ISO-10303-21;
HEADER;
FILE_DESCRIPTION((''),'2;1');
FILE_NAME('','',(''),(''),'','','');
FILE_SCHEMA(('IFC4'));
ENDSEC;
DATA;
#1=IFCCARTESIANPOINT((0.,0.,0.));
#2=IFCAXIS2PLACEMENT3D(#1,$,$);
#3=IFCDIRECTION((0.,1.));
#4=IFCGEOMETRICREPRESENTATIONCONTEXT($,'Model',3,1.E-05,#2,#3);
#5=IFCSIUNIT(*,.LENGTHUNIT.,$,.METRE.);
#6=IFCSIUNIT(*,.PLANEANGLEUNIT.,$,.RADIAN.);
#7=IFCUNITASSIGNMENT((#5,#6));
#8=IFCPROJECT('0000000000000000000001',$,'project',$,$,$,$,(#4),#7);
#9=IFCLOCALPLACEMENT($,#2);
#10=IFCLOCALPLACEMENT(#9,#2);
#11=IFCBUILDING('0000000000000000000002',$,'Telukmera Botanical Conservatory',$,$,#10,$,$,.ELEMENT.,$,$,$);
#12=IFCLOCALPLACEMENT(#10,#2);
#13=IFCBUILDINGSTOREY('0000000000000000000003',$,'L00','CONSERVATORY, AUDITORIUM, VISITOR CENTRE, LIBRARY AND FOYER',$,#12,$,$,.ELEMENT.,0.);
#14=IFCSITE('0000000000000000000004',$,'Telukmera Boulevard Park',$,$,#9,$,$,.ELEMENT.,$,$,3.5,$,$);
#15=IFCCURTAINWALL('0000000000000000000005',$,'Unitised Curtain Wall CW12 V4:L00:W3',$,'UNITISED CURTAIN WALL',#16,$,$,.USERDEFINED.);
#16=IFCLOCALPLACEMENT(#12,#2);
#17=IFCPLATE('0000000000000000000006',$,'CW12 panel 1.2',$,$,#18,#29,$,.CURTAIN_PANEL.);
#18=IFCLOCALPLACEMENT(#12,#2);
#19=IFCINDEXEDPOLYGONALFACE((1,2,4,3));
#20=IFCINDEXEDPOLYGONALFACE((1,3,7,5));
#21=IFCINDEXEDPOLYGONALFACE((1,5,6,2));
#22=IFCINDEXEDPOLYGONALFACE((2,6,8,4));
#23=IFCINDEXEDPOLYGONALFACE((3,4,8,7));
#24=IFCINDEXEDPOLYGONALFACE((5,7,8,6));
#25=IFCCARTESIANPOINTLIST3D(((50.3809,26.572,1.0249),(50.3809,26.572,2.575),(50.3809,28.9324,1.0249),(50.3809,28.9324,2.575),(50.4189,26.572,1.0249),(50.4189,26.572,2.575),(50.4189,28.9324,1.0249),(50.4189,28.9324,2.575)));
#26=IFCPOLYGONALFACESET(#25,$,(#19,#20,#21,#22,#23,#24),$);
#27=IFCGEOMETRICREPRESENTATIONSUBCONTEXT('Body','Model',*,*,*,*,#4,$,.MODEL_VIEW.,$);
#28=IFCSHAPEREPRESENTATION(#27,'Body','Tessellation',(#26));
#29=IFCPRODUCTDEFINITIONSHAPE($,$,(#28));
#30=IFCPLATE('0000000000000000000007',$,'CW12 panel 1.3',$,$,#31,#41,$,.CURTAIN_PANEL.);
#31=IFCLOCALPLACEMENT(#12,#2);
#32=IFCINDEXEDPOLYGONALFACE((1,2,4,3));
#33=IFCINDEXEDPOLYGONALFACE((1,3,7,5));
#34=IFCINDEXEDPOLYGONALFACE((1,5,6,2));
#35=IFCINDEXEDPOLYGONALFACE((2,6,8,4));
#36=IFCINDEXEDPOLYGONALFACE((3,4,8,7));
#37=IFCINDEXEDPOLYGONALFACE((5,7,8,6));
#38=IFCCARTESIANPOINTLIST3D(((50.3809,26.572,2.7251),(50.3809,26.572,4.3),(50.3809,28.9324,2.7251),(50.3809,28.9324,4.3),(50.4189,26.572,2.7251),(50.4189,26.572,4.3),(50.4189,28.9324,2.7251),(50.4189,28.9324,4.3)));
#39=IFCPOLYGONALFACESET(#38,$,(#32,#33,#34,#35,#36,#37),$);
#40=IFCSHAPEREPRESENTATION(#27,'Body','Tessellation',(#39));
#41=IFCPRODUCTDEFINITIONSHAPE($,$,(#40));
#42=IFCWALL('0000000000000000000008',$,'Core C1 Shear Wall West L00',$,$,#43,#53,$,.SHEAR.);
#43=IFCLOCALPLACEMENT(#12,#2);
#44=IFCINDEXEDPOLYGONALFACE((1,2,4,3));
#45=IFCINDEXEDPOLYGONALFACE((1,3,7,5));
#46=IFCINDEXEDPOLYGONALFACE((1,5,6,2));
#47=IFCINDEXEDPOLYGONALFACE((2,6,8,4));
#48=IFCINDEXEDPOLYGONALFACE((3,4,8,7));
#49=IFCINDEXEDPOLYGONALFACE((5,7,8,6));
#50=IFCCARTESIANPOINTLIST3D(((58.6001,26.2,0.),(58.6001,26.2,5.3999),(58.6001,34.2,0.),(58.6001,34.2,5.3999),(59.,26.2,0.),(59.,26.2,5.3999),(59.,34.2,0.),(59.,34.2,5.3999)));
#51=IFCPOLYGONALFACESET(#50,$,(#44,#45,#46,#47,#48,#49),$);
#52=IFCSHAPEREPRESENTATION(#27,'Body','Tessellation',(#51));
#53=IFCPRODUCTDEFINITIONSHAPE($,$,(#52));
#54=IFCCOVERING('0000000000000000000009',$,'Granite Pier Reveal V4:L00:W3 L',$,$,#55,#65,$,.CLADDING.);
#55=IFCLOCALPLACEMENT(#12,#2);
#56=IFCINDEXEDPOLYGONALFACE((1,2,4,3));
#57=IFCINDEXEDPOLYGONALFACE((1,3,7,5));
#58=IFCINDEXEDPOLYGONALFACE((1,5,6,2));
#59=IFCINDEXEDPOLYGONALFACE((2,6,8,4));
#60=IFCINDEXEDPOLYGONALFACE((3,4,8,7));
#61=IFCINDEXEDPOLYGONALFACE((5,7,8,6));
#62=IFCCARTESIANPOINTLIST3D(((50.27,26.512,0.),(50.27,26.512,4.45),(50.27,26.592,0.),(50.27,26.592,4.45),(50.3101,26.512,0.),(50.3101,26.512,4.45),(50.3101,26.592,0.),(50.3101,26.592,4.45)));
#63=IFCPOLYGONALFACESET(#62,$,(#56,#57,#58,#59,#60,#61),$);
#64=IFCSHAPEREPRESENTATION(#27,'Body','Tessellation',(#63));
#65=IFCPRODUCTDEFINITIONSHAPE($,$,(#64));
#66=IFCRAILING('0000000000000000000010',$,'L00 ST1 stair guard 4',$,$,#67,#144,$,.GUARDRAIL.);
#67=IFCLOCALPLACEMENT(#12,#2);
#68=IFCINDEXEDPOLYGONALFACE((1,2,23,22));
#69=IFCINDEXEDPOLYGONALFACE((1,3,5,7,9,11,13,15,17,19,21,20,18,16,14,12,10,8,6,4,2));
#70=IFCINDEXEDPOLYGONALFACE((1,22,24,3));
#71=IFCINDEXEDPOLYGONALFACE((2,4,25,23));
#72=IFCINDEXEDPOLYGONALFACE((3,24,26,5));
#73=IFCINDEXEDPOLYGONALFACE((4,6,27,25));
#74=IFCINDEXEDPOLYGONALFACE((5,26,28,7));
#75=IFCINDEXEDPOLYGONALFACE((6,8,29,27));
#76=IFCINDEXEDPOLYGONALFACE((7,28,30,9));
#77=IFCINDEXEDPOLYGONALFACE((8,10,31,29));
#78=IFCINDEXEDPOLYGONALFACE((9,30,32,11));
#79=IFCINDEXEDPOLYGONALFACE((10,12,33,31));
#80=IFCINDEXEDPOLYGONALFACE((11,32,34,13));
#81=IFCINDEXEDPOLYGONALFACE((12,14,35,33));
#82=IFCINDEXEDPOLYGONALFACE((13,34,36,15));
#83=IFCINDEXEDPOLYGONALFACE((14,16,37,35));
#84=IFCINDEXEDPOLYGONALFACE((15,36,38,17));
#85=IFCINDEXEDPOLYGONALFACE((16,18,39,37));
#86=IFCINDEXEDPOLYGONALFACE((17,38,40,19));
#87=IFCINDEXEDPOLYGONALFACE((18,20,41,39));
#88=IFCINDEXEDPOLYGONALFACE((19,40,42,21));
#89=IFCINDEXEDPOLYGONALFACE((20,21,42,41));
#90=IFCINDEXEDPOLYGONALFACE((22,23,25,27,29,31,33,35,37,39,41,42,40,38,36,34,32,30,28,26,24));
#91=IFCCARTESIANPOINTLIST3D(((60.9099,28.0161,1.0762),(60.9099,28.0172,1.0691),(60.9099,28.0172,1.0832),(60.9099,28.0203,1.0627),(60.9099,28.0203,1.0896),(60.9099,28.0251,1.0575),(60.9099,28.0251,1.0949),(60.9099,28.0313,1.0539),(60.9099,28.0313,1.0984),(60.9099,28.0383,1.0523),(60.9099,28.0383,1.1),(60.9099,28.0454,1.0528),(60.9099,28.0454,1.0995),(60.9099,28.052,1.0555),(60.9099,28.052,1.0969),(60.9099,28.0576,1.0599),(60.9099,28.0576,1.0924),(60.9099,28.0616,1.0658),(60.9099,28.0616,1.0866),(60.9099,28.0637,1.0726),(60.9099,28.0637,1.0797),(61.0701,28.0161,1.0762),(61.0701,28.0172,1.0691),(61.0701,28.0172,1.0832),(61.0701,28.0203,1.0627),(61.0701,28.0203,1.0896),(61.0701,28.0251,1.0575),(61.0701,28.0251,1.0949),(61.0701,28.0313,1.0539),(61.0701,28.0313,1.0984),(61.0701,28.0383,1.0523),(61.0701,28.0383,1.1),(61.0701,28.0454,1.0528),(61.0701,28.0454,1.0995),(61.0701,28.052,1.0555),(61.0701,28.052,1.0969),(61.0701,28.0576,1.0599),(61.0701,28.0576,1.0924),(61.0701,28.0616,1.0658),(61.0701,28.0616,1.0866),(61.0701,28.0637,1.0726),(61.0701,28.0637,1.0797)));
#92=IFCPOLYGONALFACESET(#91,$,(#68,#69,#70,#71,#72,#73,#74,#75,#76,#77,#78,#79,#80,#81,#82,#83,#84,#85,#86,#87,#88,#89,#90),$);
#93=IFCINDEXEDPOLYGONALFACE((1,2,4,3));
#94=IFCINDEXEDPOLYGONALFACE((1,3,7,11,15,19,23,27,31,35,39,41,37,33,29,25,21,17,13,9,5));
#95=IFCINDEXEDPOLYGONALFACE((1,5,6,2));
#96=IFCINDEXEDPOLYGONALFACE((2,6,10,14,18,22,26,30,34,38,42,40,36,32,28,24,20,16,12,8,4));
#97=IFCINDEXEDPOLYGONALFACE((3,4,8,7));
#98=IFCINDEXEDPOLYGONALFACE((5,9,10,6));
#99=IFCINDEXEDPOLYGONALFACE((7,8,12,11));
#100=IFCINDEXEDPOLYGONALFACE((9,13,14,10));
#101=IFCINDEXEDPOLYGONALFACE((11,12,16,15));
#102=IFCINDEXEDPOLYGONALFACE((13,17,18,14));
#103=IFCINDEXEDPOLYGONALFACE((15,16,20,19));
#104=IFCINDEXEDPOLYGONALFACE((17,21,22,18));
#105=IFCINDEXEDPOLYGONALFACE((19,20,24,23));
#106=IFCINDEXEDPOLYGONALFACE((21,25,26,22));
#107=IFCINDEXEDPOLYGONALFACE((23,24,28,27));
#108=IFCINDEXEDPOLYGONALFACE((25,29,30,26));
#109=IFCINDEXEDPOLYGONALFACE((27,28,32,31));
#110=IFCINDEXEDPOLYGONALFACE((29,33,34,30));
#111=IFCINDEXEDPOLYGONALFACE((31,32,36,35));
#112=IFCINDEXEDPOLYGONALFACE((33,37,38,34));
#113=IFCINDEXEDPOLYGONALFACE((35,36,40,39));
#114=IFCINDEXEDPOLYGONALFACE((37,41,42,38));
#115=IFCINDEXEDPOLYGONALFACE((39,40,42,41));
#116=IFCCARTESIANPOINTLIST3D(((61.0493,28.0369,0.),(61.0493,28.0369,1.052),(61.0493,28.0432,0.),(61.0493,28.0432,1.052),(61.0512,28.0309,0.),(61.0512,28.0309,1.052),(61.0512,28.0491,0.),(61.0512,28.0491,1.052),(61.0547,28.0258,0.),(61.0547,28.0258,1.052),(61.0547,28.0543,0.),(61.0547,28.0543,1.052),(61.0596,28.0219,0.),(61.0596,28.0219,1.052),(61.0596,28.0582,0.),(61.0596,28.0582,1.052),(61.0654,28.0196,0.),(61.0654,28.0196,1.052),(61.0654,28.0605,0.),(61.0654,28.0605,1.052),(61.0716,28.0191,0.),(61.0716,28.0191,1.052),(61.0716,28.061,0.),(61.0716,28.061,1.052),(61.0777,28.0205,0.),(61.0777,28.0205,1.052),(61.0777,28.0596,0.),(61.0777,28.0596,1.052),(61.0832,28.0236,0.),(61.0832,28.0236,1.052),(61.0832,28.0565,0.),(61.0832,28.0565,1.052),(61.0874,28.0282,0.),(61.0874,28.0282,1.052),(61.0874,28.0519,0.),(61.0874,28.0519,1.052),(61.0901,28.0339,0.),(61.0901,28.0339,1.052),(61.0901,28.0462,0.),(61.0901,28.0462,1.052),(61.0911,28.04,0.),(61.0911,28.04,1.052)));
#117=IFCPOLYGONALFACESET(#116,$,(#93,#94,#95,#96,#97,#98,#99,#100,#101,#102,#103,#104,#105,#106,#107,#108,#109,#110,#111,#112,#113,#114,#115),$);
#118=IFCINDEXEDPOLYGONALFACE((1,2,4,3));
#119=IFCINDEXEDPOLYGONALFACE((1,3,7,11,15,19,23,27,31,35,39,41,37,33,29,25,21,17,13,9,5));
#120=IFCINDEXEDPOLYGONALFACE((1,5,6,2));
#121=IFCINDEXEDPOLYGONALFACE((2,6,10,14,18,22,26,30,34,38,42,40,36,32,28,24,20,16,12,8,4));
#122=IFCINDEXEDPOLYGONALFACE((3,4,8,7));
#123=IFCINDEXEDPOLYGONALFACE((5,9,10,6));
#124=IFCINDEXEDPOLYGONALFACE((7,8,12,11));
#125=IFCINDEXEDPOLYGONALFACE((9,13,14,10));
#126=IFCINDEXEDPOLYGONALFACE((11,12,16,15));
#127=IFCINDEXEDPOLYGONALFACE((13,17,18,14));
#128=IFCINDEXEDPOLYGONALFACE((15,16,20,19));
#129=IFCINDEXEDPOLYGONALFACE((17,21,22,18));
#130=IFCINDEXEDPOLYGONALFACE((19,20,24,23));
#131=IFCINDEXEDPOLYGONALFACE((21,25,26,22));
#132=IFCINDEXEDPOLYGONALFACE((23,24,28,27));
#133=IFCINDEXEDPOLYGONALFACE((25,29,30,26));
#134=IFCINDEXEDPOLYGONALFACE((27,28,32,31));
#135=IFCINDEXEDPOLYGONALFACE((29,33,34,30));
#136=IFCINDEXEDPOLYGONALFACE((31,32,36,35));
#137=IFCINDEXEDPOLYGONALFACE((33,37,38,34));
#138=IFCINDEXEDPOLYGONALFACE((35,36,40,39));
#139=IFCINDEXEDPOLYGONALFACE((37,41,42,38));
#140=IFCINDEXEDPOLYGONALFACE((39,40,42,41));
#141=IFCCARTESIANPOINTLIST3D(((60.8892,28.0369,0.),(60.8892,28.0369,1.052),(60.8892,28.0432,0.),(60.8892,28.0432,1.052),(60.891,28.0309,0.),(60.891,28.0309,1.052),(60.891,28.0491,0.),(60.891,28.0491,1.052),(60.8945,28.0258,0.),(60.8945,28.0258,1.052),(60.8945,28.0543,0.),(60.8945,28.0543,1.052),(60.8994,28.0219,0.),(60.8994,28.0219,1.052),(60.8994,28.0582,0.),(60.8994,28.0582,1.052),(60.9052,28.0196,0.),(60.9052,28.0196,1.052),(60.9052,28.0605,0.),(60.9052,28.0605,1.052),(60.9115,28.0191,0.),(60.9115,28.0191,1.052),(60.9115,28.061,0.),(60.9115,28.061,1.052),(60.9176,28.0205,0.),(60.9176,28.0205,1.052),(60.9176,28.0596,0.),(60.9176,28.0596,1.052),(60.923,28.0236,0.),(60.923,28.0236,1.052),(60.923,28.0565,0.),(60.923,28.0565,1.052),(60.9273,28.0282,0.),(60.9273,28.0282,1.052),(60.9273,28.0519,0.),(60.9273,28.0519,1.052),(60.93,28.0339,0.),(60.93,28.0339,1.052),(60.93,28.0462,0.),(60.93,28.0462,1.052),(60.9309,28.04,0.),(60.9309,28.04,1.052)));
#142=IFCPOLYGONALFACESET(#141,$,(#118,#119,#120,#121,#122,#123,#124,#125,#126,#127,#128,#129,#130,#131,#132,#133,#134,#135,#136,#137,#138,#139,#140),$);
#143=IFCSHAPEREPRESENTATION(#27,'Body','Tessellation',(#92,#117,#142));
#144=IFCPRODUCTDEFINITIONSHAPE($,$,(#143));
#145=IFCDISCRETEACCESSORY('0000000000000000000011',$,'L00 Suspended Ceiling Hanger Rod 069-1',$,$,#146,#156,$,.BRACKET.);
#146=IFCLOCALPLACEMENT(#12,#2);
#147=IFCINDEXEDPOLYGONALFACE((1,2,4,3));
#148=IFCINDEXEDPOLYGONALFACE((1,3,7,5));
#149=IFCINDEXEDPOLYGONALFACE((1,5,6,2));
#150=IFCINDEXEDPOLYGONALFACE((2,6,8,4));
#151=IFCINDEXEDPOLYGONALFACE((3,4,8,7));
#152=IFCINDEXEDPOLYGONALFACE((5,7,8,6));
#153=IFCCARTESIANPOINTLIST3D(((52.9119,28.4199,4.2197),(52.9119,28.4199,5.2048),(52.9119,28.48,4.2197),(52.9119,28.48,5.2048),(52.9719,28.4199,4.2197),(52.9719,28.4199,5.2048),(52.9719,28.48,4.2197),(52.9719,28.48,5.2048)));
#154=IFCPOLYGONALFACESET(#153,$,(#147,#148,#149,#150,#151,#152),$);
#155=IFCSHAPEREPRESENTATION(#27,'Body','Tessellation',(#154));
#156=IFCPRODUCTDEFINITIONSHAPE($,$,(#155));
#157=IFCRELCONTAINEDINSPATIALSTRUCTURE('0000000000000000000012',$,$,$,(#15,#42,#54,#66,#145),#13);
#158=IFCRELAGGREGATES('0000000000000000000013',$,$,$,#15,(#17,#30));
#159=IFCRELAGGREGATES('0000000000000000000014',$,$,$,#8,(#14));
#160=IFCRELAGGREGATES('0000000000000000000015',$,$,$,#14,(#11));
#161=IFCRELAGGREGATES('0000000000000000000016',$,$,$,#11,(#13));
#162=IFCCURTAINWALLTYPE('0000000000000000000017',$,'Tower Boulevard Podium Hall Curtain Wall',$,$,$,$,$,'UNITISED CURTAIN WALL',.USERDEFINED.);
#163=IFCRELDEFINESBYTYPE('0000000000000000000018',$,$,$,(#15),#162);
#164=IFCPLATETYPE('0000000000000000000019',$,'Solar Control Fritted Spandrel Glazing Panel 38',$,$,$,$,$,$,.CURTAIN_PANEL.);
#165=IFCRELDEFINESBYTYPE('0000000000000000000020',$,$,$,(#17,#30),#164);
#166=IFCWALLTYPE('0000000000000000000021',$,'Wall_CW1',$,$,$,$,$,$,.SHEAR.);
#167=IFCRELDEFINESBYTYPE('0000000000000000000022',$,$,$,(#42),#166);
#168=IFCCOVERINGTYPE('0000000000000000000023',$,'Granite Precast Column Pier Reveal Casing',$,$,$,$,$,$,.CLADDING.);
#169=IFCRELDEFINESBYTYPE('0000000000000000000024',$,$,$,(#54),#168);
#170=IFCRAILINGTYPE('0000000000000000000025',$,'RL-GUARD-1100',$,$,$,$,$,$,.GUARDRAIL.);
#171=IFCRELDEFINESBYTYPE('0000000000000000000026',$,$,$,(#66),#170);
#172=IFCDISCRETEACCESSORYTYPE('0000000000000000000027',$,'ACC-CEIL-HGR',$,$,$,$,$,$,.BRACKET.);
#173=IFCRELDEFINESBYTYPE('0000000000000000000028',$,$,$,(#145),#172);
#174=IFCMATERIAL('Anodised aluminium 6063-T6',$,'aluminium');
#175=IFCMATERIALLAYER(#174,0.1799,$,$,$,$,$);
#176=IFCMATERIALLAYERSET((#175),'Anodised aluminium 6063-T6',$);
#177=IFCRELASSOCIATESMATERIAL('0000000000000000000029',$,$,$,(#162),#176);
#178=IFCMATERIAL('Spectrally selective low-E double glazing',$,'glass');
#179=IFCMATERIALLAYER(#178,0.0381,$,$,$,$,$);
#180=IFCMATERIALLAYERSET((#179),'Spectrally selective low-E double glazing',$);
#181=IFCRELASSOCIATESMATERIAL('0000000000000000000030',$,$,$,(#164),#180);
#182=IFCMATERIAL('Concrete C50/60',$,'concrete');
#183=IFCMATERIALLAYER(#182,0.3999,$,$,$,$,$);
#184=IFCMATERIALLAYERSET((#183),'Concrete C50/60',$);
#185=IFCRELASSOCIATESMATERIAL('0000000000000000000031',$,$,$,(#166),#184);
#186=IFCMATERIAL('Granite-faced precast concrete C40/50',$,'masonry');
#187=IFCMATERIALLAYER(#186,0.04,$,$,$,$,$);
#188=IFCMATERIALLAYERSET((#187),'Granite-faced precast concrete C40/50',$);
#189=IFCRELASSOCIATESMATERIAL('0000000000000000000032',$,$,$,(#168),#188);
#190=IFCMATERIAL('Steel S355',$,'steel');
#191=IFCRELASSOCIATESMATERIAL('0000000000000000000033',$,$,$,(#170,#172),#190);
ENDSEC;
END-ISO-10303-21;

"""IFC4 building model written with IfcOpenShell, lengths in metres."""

from ifc_helpers import new_model, si_unit, direction, frame, frame_2d, origin, origin_2d, place, context, subcontext, project, spatial, rectangle, circle, extrude, material, layer, layer_set, type_object, element, aggregate, save


model = new_model("IFC4")

# Units and contexts
model_context = context("Model", 3, precision=1e-05, world=origin(), true_north=direction((0.0, 1.0)))
body_context = subcontext(model_context, "Body", "Model", "MODEL_VIEW")
ifc_project = project(units=[si_unit("LENGTHUNIT", "METRE"), si_unit("PLANEANGLEUNIT", "RADIAN")], contexts=[model_context])

# Site, building, storey
site_placement = place(None, origin())
site = spatial("IfcSite", under=ifc_project, at=site_placement, Name="Telukmera Boulevard Park", CompositionType="ELEMENT", RefElevation=3.5)
building_placement = place(site_placement, origin())
building = spatial("IfcBuilding", under=site, at=building_placement, Name="Telukmera Botanical Conservatory", CompositionType="ELEMENT")
storey_placement = place(building_placement, origin())
storey = spatial("IfcBuildingStorey", under=building, at=storey_placement, Name="L00", Description="CONSERVATORY, AUDITORIUM, VISITOR CENTRE, LIBRARY AND FOYER", CompositionType="ELEMENT", Elevation=0.0)

# Shared definitions
ifc_material_1 = material(Name="Concrete C50/60", Category="concrete")

# Curtain wall, plates
ifc_material_2 = material(Name="Anodised aluminium 6063-T6", Category="aluminium")
ifc_layer_1 = layer(ifc_material_2, 0.1799)
ifc_layer_set_1 = layer_set([ifc_layer_1], Name="Anodised aluminium 6063-T6")
curtain_wall_type = type_object("IfcCurtainWallType", Name="Tower Boulevard Podium Hall Curtain Wall", ElementType="UNITISED CURTAIN WALL", PredefinedType="USERDEFINED", material=ifc_layer_set_1)
curtain_wall_placement = place(storey_placement, origin())
curtain_wall = element("IfcCurtainWall", 1, at=curtain_wall_placement, inside=storey, type_object=curtain_wall_type, Name="Unitised Curtain Wall CW12 V4:L00:W3", ObjectType="UNITISED CURTAIN WALL", PredefinedType="USERDEFINED")
ifc_material_3 = material(Name="Spectrally selective low-E double glazing", Category="glass")
ifc_layer_2 = layer(ifc_material_3, 0.0381)
ifc_layer_set_2 = layer_set([ifc_layer_2], Name="Spectrally selective low-E double glazing")
plate_type = type_object("IfcPlateType", Name="Solar Control Fritted Spandrel Glazing Panel 38", PredefinedType="CURTAIN_PANEL", material=ifc_layer_set_2)
plate_1_placement = place(storey_placement, frame((50.3999, 27.7522, 1.0249), z_axis=(0.0, 0.0, 1.0), x_axis=(0.0, 1.0, 0.0)))
plate_1 = element("IfcPlate", 2, at=plate_1_placement, type_object=plate_type, Name="CW12 panel 1.2", PredefinedType="CURTAIN_PANEL", context=body_context, shape_type="SweptSolid", body=[
    extrude(rectangle(XDim=2.3604, YDim=0.0381, at=origin_2d()), origin(), (0.0, 0.0, 1.0), 1.55),
])
plate_2_placement = place(storey_placement, frame((50.3999, 27.7522, 2.7251), z_axis=(0.0, 0.0, 1.0), x_axis=(0.0, 1.0, 0.0)))
plate_2 = element("IfcPlate", 3, at=plate_2_placement, type_object=plate_type, Name="CW12 panel 1.3", PredefinedType="CURTAIN_PANEL", context=body_context, shape_type="SweptSolid", body=[
    extrude(rectangle(XDim=2.3604, YDim=0.0381, at=origin_2d()), origin(), (0.0, 0.0, 1.0), 1.575),
])
aggregate(curtain_wall, [plate_1, plate_2])

# Wall
ifc_layer_3 = layer(ifc_material_1, 0.3999)
ifc_layer_set_3 = layer_set([ifc_layer_3], Name="Concrete C50/60")
wall_type_1 = type_object("IfcWallType", Name="Wall_CW1", PredefinedType="SHEAR", material=ifc_layer_set_3)
wall_1_placement = place(storey_placement, frame((58.8, 26.2, 0.0), z_axis=(0.0, 0.0, 1.0), x_axis=(0.0, 1.0, 0.0)))
element("IfcWall", 4, at=wall_1_placement, inside=storey, type_object=wall_type_1, Name="Core C1 Shear Wall West L00", PredefinedType="SHEAR", context=body_context, shape_type="SweptSolid", body=[
    extrude(rectangle(XDim=8.0, YDim=0.3999, at=frame_2d((4.0, 0.0))), origin(), (0.0, 0.0, 1.0), 5.3999),
])

# Covering
ifc_material_4 = material(Name="Granite-faced precast concrete C40/50", Category="masonry")
ifc_layer_4 = layer(ifc_material_4, 0.04)
ifc_layer_set_4 = layer_set([ifc_layer_4], Name="Granite-faced precast concrete C40/50")
covering_type = type_object("IfcCoveringType", Name="Granite Precast Column Pier Reveal Casing", PredefinedType="CLADDING", material=ifc_layer_set_4)
covering_placement = place(storey_placement, frame((50.29, 26.552, 0.0), z_axis=(0.0, 0.0, 1.0), x_axis=(0.0, 1.0, 0.0)))
element("IfcCovering", 5, at=covering_placement, inside=storey, type_object=covering_type, Name="Granite Pier Reveal V4:L00:W3 L", PredefinedType="CLADDING", context=body_context, shape_type="SweptSolid", body=[
    extrude(rectangle(XDim=0.0801, YDim=0.04, at=origin_2d()), origin(), (0.0, 0.0, 1.0), 4.45),
])

# Railing
ifc_material_5 = material(Name="Steel S355", Category="steel")
railing_type = type_object("IfcRailingType", Name="RL-GUARD-1100", PredefinedType="GUARDRAIL", material=ifc_material_5)
railing_placement = place(storey_placement, frame((61.0701, 28.04, 0.0)))
element("IfcRailing", 6, at=railing_placement, inside=storey, type_object=railing_type, Name="L00 ST1 stair guard 4", PredefinedType="GUARDRAIL", context=body_context, shape_type="SweptSolid", body=[
    extrude(circle(Radius=0.0239, at=origin_2d()), frame((0.0, 0.0, 1.0762), z_axis=(-1.0, 0.0, 0.0), x_axis=(0.0, -1.0, 0.0)), (0.0, 0.0, 1.0), 0.1602),
    extrude(circle(Radius=0.021, at=origin_2d()), origin(), (0.0, 0.0, 1.0), 1.052),
    extrude(circle(Radius=0.021, at=origin_2d()), frame((-0.1602, 0.0, 0.0)), (0.0, 0.0, 1.0), 1.052),
])

# Discrete accessory
discrete_accessory_type = type_object("IfcDiscreteAccessoryType", Name="ACC-CEIL-HGR", PredefinedType="BRACKET", material=ifc_material_5)
discrete_accessory_placement = place(storey_placement, frame((52.9419, 28.45, 4.2197), z_axis=(0.0, 0.0, 1.0), x_axis=(1.0, 0.0, 0.0)))
element("IfcDiscreteAccessory", 7, at=discrete_accessory_placement, inside=storey, type_object=discrete_accessory_type, Name="L00 Suspended Ceiling Hanger Rod 069-1", PredefinedType="BRACKET", context=body_context, shape_type="SweptSolid", body=[
    extrude(rectangle(XDim=0.0601, YDim=0.0601, at=origin_2d()), origin(), (0.0, 0.0, 1.0), 0.9851),
])

save(model, "model.ifc")
